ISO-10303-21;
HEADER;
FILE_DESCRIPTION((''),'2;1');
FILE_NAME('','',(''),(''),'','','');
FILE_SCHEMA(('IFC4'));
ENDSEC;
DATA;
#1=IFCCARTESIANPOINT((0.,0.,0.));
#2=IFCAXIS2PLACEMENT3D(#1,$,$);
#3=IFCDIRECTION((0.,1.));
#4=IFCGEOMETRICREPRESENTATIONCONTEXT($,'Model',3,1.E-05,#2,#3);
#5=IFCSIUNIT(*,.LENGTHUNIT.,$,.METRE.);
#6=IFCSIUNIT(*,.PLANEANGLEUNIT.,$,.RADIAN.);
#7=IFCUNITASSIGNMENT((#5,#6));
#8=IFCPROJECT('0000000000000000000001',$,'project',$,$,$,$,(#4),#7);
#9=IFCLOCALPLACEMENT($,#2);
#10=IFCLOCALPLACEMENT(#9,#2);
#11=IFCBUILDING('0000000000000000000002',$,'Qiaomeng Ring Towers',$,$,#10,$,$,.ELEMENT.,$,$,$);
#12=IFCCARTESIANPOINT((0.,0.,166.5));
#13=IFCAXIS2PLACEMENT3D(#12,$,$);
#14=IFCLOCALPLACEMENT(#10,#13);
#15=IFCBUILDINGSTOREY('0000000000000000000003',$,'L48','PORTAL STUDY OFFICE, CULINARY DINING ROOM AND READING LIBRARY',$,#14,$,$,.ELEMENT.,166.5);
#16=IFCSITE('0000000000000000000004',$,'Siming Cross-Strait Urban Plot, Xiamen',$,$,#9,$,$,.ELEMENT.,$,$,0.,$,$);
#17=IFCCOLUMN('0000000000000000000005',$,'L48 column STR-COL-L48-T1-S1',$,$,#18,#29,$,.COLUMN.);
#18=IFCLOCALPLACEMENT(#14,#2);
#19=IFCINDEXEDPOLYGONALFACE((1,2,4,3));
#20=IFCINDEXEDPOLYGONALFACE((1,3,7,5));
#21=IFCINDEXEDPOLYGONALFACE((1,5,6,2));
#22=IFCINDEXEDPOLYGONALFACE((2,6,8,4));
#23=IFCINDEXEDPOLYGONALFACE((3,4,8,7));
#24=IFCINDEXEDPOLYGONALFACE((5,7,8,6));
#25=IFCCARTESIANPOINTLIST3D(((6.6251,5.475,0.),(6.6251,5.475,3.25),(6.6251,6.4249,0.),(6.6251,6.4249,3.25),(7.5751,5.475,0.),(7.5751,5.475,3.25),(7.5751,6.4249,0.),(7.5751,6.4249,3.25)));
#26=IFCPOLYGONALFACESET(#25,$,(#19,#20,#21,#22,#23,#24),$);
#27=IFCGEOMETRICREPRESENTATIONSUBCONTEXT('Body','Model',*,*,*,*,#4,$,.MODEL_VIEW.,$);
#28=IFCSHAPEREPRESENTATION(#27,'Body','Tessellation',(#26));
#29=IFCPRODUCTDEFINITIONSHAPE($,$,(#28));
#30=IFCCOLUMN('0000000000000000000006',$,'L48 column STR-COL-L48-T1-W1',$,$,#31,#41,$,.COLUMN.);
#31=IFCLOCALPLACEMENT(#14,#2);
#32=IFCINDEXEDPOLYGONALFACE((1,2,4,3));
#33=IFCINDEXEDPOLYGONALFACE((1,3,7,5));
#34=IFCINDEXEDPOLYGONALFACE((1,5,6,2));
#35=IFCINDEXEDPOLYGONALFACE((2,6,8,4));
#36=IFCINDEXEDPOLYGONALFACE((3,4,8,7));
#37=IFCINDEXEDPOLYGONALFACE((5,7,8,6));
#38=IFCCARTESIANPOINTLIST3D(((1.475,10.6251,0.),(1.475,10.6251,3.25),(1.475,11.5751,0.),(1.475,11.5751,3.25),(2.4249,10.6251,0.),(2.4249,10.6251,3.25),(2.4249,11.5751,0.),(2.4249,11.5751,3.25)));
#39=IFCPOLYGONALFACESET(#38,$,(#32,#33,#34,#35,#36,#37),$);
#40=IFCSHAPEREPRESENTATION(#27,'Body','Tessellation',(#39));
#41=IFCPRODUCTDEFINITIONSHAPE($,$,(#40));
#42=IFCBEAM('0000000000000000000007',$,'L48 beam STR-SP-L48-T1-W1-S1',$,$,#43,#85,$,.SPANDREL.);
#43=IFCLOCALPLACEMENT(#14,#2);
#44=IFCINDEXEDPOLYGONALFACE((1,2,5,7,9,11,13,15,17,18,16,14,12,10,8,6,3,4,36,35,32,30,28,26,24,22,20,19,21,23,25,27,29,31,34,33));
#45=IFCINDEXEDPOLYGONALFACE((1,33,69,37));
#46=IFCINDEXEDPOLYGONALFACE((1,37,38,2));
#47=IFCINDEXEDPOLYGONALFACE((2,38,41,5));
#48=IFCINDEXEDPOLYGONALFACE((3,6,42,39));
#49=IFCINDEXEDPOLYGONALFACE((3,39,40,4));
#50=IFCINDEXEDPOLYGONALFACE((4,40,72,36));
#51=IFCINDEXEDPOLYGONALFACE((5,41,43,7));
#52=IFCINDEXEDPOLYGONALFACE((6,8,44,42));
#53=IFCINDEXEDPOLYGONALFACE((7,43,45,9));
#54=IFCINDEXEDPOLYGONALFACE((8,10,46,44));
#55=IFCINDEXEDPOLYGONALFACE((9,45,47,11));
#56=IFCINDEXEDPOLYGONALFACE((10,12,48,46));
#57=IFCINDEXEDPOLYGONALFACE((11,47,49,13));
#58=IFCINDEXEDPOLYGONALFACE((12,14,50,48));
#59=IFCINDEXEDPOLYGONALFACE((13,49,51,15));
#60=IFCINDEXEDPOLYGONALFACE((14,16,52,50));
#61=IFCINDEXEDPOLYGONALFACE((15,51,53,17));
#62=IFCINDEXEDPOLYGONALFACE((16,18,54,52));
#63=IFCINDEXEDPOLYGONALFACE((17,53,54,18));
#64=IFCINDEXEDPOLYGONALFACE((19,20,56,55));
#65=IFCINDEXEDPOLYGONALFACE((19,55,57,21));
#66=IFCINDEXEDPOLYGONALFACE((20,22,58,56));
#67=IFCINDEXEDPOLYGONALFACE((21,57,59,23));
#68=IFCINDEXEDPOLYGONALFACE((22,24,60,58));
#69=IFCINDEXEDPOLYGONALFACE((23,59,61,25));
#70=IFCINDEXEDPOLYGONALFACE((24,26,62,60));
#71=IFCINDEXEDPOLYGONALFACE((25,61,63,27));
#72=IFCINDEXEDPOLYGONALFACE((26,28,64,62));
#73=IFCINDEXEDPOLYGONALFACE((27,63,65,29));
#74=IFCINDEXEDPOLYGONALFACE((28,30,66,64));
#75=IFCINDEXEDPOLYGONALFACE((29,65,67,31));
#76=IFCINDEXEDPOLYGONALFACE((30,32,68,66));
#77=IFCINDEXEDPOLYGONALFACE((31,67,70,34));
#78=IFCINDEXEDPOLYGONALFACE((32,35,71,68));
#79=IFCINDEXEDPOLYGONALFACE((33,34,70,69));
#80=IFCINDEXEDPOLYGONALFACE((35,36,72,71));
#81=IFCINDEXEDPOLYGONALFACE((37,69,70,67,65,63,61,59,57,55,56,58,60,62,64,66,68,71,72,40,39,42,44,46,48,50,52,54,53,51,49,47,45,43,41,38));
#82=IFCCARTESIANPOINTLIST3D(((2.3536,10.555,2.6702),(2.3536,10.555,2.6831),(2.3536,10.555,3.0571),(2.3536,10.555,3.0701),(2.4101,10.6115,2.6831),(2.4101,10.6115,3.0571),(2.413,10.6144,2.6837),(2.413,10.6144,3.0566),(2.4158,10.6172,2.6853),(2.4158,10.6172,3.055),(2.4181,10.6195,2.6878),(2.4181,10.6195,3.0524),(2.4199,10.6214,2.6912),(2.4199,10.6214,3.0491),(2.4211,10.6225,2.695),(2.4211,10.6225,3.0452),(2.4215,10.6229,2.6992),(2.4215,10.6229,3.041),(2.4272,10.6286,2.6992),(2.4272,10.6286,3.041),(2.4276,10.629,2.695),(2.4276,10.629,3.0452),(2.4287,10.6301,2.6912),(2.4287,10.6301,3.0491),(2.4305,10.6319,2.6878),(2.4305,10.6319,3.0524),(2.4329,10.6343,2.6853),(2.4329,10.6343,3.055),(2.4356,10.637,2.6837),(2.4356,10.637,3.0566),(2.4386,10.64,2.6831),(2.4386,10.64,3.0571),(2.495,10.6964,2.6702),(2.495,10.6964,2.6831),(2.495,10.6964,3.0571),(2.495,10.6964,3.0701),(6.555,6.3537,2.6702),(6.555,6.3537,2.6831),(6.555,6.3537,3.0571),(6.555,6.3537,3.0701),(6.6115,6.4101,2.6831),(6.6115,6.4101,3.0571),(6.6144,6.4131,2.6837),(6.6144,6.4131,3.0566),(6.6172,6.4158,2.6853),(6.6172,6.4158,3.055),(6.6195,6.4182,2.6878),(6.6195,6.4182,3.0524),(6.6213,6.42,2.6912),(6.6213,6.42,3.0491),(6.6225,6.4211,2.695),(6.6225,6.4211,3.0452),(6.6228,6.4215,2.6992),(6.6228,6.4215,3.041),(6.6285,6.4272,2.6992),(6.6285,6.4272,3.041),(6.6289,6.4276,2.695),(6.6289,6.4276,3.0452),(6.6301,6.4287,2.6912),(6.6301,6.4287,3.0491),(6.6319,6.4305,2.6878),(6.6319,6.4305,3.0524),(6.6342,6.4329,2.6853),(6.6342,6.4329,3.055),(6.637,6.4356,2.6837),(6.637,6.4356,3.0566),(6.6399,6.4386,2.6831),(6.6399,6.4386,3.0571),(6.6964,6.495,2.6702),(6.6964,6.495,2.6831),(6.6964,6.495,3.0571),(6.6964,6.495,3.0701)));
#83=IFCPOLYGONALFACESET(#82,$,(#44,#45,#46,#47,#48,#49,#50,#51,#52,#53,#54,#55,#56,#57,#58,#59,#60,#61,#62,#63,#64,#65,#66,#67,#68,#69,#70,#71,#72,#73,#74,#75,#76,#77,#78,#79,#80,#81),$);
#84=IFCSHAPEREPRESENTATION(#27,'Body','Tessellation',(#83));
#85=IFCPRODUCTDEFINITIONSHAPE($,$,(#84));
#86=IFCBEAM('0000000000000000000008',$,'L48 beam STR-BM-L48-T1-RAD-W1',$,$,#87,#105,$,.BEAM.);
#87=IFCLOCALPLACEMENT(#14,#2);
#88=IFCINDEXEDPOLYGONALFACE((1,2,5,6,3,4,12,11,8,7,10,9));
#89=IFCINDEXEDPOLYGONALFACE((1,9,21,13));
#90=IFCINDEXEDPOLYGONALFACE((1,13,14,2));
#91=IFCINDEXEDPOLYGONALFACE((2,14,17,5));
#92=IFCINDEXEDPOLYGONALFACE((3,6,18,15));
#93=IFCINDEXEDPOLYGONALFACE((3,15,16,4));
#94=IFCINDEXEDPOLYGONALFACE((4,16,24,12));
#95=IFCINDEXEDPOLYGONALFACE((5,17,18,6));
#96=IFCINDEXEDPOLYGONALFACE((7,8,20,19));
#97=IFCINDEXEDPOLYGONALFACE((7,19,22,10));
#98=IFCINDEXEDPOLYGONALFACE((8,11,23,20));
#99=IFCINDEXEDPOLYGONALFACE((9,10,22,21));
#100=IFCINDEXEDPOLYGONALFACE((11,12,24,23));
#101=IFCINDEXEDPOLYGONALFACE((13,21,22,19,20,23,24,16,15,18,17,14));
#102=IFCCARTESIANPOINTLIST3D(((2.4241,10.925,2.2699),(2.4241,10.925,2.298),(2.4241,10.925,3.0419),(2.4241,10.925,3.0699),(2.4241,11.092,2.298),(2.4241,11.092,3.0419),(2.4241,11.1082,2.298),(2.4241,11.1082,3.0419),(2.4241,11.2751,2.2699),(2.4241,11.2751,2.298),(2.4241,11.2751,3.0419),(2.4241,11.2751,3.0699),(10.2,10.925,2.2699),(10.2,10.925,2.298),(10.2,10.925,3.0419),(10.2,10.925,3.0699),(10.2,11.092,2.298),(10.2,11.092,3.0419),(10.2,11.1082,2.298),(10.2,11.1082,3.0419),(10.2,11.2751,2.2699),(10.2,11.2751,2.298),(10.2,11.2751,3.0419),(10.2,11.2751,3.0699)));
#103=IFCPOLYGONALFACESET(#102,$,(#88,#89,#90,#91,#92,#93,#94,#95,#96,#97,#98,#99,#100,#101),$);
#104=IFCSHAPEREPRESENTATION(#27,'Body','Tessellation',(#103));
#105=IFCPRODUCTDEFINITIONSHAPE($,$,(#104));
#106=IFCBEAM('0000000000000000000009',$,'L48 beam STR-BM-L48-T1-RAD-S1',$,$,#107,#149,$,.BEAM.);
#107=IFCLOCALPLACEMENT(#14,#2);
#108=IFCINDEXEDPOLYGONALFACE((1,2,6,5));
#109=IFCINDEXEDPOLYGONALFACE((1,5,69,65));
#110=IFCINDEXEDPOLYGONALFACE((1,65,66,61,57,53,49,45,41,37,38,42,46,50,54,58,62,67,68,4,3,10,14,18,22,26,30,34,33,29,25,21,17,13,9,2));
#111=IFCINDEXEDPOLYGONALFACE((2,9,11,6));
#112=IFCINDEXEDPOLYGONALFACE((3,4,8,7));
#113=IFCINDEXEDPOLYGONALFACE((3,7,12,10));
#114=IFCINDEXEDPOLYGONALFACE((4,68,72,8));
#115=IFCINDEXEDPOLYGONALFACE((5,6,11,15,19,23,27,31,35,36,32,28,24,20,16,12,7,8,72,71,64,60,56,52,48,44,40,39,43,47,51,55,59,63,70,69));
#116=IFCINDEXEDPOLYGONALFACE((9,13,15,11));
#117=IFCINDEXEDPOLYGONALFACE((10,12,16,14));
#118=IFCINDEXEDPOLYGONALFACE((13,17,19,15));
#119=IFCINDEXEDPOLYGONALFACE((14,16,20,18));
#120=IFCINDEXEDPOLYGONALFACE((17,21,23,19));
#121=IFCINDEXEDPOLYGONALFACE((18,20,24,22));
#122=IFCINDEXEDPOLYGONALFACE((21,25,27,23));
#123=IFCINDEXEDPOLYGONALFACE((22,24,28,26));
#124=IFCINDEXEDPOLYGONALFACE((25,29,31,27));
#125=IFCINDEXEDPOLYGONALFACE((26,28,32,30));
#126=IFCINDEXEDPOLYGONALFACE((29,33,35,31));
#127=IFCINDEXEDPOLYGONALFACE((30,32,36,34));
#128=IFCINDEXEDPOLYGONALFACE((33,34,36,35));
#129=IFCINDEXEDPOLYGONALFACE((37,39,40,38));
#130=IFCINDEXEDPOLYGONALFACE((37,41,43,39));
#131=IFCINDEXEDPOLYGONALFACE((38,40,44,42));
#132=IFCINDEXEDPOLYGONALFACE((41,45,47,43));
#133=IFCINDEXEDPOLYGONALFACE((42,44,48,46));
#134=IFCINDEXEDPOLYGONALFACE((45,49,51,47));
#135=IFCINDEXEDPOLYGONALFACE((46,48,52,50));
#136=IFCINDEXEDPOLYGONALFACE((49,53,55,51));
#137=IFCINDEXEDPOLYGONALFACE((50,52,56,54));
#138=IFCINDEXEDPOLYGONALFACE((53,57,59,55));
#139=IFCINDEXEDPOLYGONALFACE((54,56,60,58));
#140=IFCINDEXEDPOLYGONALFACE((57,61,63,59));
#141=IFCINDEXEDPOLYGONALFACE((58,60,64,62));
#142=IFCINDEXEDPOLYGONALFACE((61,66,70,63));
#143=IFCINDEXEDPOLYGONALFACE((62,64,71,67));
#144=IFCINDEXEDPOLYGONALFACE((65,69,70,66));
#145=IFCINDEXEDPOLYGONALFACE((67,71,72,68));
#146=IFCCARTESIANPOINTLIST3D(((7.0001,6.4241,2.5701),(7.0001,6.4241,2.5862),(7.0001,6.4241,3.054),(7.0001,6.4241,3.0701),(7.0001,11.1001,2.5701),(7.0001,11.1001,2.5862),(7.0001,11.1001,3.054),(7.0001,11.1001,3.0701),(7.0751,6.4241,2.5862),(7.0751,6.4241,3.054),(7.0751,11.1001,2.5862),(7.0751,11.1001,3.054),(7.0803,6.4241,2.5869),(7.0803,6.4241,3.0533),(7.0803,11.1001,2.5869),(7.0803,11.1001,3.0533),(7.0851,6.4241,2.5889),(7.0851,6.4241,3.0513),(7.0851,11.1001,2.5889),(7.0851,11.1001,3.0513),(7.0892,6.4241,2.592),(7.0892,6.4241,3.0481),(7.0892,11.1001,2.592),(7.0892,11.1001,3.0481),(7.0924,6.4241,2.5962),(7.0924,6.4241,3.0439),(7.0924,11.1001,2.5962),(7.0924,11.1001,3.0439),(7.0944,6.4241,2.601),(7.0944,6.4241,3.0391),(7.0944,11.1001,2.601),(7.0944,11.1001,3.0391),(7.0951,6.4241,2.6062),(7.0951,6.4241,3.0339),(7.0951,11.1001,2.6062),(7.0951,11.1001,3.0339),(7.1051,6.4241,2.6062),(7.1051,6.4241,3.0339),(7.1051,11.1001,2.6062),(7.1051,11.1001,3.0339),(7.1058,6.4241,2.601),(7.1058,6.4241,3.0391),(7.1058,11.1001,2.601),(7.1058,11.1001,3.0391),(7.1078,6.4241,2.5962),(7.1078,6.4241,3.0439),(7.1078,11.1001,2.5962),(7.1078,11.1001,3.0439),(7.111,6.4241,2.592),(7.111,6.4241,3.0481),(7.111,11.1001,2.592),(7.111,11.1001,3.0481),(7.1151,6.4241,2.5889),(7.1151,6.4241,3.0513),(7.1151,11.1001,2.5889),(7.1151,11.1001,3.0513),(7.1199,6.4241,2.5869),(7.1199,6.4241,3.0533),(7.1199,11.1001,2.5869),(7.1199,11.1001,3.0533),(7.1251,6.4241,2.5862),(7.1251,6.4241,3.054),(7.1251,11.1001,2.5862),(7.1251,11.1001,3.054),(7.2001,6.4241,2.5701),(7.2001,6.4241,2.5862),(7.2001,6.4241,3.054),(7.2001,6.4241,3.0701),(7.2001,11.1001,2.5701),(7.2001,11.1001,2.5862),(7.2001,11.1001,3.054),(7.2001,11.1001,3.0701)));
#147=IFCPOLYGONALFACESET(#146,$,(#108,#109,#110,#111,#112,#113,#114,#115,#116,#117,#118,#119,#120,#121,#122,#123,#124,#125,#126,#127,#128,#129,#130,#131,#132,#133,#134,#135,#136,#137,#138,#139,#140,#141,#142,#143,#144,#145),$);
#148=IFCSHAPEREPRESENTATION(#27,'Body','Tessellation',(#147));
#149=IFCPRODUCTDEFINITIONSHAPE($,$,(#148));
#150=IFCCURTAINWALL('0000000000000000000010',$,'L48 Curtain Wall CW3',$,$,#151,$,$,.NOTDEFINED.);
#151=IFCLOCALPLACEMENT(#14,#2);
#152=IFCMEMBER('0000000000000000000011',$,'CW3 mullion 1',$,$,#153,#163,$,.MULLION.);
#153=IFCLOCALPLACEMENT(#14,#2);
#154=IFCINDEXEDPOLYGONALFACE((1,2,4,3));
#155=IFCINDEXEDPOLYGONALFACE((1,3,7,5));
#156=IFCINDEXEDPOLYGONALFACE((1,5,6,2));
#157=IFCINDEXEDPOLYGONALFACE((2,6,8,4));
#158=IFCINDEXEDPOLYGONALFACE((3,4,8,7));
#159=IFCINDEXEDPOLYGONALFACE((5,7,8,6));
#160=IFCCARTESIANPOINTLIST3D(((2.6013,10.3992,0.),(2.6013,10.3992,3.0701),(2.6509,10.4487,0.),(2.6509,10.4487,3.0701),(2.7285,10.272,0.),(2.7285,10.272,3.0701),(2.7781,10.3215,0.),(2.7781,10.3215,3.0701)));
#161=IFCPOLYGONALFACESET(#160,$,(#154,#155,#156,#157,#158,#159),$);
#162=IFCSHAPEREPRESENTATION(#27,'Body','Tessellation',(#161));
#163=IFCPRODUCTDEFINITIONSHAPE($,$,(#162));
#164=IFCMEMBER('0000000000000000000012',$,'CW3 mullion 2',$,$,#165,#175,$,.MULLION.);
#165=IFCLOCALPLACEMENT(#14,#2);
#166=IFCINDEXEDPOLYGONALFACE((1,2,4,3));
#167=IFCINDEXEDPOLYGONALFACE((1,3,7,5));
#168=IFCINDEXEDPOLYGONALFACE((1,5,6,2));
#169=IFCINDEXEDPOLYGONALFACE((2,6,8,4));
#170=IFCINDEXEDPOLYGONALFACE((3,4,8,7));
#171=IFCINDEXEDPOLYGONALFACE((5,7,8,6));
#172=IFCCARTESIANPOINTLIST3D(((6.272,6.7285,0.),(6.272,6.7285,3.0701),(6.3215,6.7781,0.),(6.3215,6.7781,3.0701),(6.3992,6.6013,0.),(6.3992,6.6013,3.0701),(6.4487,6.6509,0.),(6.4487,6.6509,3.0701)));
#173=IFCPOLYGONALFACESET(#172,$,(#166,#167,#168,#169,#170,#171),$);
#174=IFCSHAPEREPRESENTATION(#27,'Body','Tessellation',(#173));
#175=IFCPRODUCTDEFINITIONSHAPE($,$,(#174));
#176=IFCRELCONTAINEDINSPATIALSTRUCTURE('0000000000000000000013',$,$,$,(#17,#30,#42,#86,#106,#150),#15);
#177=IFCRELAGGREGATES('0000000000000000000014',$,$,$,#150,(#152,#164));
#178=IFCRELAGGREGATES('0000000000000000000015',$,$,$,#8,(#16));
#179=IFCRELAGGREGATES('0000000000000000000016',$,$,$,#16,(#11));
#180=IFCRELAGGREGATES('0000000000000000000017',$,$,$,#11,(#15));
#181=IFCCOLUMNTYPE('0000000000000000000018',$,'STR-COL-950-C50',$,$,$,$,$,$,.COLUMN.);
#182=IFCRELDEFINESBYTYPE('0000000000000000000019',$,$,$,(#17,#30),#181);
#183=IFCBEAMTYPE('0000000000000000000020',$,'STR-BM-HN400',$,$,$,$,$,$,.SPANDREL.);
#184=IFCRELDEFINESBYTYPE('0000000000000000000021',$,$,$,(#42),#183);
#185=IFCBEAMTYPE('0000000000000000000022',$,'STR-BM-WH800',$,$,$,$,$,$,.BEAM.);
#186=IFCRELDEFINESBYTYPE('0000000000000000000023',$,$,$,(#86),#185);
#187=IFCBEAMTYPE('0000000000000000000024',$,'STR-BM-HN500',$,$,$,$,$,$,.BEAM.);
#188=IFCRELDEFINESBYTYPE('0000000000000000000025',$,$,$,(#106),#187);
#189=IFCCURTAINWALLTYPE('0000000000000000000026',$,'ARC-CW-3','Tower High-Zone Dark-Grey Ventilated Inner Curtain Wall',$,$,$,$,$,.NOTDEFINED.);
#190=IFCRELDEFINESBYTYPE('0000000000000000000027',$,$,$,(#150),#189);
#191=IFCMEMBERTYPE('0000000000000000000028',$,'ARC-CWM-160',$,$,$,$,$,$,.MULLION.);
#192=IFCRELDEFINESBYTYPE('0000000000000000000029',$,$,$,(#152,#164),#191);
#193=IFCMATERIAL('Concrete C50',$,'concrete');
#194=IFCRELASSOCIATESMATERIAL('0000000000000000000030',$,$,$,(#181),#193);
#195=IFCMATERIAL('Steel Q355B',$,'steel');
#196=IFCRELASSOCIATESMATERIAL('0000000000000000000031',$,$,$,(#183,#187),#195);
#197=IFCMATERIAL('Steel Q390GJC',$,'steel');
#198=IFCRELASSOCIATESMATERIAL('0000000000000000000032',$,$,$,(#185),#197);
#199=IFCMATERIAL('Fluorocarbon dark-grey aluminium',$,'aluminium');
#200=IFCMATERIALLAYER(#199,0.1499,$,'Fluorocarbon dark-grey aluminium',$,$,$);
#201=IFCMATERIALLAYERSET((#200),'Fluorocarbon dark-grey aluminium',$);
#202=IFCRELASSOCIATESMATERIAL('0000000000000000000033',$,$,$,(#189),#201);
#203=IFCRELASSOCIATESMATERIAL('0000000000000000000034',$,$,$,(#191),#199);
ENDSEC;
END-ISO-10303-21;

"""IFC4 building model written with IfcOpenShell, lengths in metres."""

from ifc_helpers import new_model, si_unit, direction, frame, origin, origin_2d, place, context, subcontext, project, spatial, rectangle, i_section, extrude, source, transform, mapped, material, layer, layer_set, material_profile, profile_set, type_object, element, aggregate, save


model = new_model("IFC4")

# Units and contexts
model_context = context("Model", 3, precision=1e-05, world=origin(), true_north=direction((0.0, 1.0)))
body_context = subcontext(model_context, "Body", "Model", "MODEL_VIEW")
ifc_project = project(units=[si_unit("LENGTHUNIT", "METRE"), si_unit("PLANEANGLEUNIT", "RADIAN")], contexts=[model_context])

# Site, building, storey
site_placement = place(None, origin())
site = spatial("IfcSite", under=ifc_project, at=site_placement, Name="Siming Cross-Strait Urban Plot, Xiamen", CompositionType="ELEMENT", RefElevation=0.0)
building_placement = place(site_placement, origin())
building = spatial("IfcBuilding", under=site, at=building_placement, Name="Qiaomeng Ring Towers", CompositionType="ELEMENT")
storey_placement = place(building_placement, frame((0.0, 0.0, 166.5)))
storey = spatial("IfcBuildingStorey", under=building, at=storey_placement, Name="L48", Description="PORTAL STUDY OFFICE, CULINARY DINING ROOM AND READING LIBRARY", CompositionType="ELEMENT", Elevation=166.5)

# Columns
ifc_material_1 = material(Name="Concrete C50", Category="concrete")
ifc_material_profile_1 = material_profile(ifc_material_1, rectangle(XDim=0.95, YDim=0.95, at=origin_2d()), Name="RC COL 950x950")
ifc_profile_set_1 = profile_set([ifc_material_profile_1], Name="Concrete C50")
column_type = type_object("IfcColumnType", Name="STR-COL-950-C50", PredefinedType="COLUMN", material=ifc_profile_set_1)
shared_shape_1 = source(origin(), body_context, "Body", "SweptSolid", [
    extrude(rectangle(XDim=0.95, YDim=0.95, at=origin_2d()), origin(), (0.0, 0.0, 1.0), 3.25),
])
for number, where, z_axis, x_axis, name in (
    (1, (7.1001, 5.95, 0.0), (0.0, 0.0, 1.0), (1.0, 0.0, 0.0), "L48 column STR-COL-L48-T1-S1"),
    (2, (1.95, 11.1001, 0.0), (0.0, 0.0, 1.0), (1.0, 0.0, 0.0), "L48 column STR-COL-L48-T1-W1"),
):
    element("IfcColumn", number, at=place(storey_placement, frame(where, z_axis=z_axis, x_axis=x_axis)), inside=storey, type_object=column_type, Name=name, PredefinedType="COLUMN", context=body_context, shape_type="MappedRepresentation", body=[
        mapped(shared_shape_1, transform((0.0, 0.0, 0.0), x_axis=(1.0, 0.0, 0.0), y_axis=(0.0, 1.0, 0.0), z_axis=(0.0, 0.0, 1.0), scale=1.0)),
    ])

# Beams
ifc_material_2 = material(Name="Steel Q355B", Category="steel")
ifc_material_profile_2 = material_profile(ifc_material_2, i_section(OverallWidth=0.2, OverallDepth=0.3999, WebThickness=0.0081, FlangeThickness=0.0129, FilletRadius=0.0161, at=origin_2d()), Name="HN 400x200x8x13")
ifc_profile_set_2 = profile_set([ifc_material_profile_2], Name="Steel Q355B")
beam_type_1 = type_object("IfcBeamType", Name="STR-BM-HN400", PredefinedType="SPANDREL", material=ifc_profile_set_2)
shared_shape_2 = source(origin(), body_context, "Body", "SweptSolid", [
    extrude(i_section(OverallWidth=0.2, OverallDepth=0.3999, WebThickness=0.0081, FlangeThickness=0.0129, FilletRadius=0.0161, at=origin_2d()), origin(), (0.0, 0.0, 1.0), 5.9417),
])
beam_1_placement = place(storey_placement, frame((2.4243, 10.6257, 2.8701), z_axis=(0.707107, -0.707107, 0.0), x_axis=(0.707107, 0.707107, 0.0)))
element("IfcBeam", 3, at=beam_1_placement, inside=storey, type_object=beam_type_1, Name="L48 beam STR-SP-L48-T1-W1-S1", PredefinedType="SPANDREL", context=body_context, shape_type="MappedRepresentation", body=[
    mapped(shared_shape_2, transform((0.0, 0.0, 0.0), x_axis=(1.0, 0.0, 0.0), y_axis=(0.0, 1.0, 0.0), z_axis=(0.0, 0.0, 1.0), scale=1.0)),
])
ifc_material_3 = material(Name="Steel Q390GJC", Category="steel")
ifc_material_profile_3 = material_profile(ifc_material_3, i_section(OverallWidth=0.3501, OverallDepth=0.8, WebThickness=0.0161, FlangeThickness=0.0281, at=origin_2d()), Name="WH 800x350x16x28")
ifc_profile_set_3 = profile_set([ifc_material_profile_3], Name="Steel Q390GJC")
beam_type_2 = type_object("IfcBeamType", Name="STR-BM-WH800", PredefinedType="BEAM", material=ifc_profile_set_3)
shared_shape_3 = source(origin(), body_context, "Body", "SweptSolid", [
    extrude(i_section(OverallWidth=0.3501, OverallDepth=0.8, WebThickness=0.0161, FlangeThickness=0.0281, at=origin_2d()), origin(), (0.0, 0.0, 1.0), 7.7759),
])
beam_2_placement = place(storey_placement, frame((2.4241, 11.1001, 2.6699), z_axis=(1.0, 0.0, 0.0), x_axis=(0.0, 1.0, 0.0)))
element("IfcBeam", 4, at=beam_2_placement, inside=storey, type_object=beam_type_2, Name="L48 beam STR-BM-L48-T1-RAD-W1", PredefinedType="BEAM", context=body_context, shape_type="MappedRepresentation", body=[
    mapped(shared_shape_3, transform((0.0, 0.0, 0.0), x_axis=(1.0, 0.0, 0.0), y_axis=(0.0, 1.0, 0.0), z_axis=(0.0, 0.0, 1.0), scale=1.0)),
])
ifc_material_profile_4 = material_profile(ifc_material_2, i_section(OverallWidth=0.2, OverallDepth=0.5, WebThickness=0.01, FlangeThickness=0.0161, FilletRadius=0.02, at=origin_2d()), Name="HN 500x200x10x16")
ifc_profile_set_4 = profile_set([ifc_material_profile_4], Name="Steel Q355B")
beam_type_3 = type_object("IfcBeamType", Name="STR-BM-HN500", PredefinedType="BEAM", material=ifc_profile_set_4)
shared_shape_4 = source(origin(), body_context, "Body", "SweptSolid", [
    extrude(i_section(OverallWidth=0.2, OverallDepth=0.5, WebThickness=0.01, FlangeThickness=0.0161, FilletRadius=0.02, at=origin_2d()), origin(), (0.0, 0.0, 1.0), 4.676),
])
beam_3_placement = place(storey_placement, frame((7.1001, 6.4241, 2.8201), z_axis=(0.0, 1.0, 0.0), x_axis=(-1.0, 0.0, 0.0)))
element("IfcBeam", 5, at=beam_3_placement, inside=storey, type_object=beam_type_3, Name="L48 beam STR-BM-L48-T1-RAD-S1", PredefinedType="BEAM", context=body_context, shape_type="MappedRepresentation", body=[
    mapped(shared_shape_4, transform((0.0, 0.0, 0.0), x_axis=(1.0, 0.0, 0.0), y_axis=(0.0, 1.0, 0.0), z_axis=(0.0, 0.0, 1.0), scale=1.0)),
])

# Curtain wall, members
ifc_material_4 = material(Name="Fluorocarbon dark-grey aluminium", Category="aluminium")
ifc_layer_1 = layer(ifc_material_4, 0.1499, Name="Fluorocarbon dark-grey aluminium")
ifc_layer_set_1 = layer_set([ifc_layer_1], Name="Fluorocarbon dark-grey aluminium")
curtain_wall_type = type_object("IfcCurtainWallType", Name="ARC-CW-3", Description="Tower High-Zone Dark-Grey Ventilated Inner Curtain Wall", PredefinedType="NOTDEFINED", material=ifc_layer_set_1)
curtain_wall_placement = place(storey_placement, origin())
curtain_wall = element("IfcCurtainWall", 6, at=curtain_wall_placement, inside=storey, type_object=curtain_wall_type, Name="L48 Curtain Wall CW3", PredefinedType="NOTDEFINED")
ifc_material_profile_5 = material_profile(ifc_material_4, rectangle(XDim=0.0701, YDim=0.1799, at=origin_2d()), Name="ALU MULL 70x180")
ifc_profile_set_5 = profile_set([ifc_material_profile_5], Name="Fluorocarbon dark-grey aluminium")
member_type_1 = type_object("IfcMemberType", Name="ARC-CWM-160", PredefinedType="MULLION", material=ifc_profile_set_5)
shared_shape_5 = source(origin(), body_context, "Body", "SweptSolid", [
    extrude(rectangle(XDim=0.0701, YDim=0.1799, at=origin_2d()), origin(), (0.0, 0.0, 1.0), 3.0701),
])
member_1_placement = place(storey_placement, frame((2.6897, 10.3604, 0.0), z_axis=(0.0, 0.0, 1.0), x_axis=(0.707107, 0.707107, 0.0)))
member_1 = element("IfcMember", 7, at=member_1_placement, type_object=member_type_1, Name="CW3 mullion 1", PredefinedType="MULLION", context=body_context, shape_type="MappedRepresentation", body=[
    mapped(shared_shape_5, transform((0.0, 0.0, 0.0), x_axis=(1.0, 0.0, 0.0), y_axis=(0.0, 1.0, 0.0), z_axis=(0.0, 0.0, 1.0), scale=1.0)),
])
member_2_placement = place(storey_placement, frame((6.3604, 6.6897, 0.0), z_axis=(0.0, 0.0, 1.0), x_axis=(0.707107, 0.707107, 0.0)))
member_2 = element("IfcMember", 8, at=member_2_placement, type_object=member_type_1, Name="CW3 mullion 2", PredefinedType="MULLION", context=body_context, shape_type="MappedRepresentation", body=[
    mapped(shared_shape_5, transform((0.0, 0.0, 0.0), x_axis=(1.0, 0.0, 0.0), y_axis=(0.0, 1.0, 0.0), z_axis=(0.0, 0.0, 1.0), scale=1.0)),
])

aggregate(curtain_wall, [member_1, member_2])

save(model, "model.ifc")
